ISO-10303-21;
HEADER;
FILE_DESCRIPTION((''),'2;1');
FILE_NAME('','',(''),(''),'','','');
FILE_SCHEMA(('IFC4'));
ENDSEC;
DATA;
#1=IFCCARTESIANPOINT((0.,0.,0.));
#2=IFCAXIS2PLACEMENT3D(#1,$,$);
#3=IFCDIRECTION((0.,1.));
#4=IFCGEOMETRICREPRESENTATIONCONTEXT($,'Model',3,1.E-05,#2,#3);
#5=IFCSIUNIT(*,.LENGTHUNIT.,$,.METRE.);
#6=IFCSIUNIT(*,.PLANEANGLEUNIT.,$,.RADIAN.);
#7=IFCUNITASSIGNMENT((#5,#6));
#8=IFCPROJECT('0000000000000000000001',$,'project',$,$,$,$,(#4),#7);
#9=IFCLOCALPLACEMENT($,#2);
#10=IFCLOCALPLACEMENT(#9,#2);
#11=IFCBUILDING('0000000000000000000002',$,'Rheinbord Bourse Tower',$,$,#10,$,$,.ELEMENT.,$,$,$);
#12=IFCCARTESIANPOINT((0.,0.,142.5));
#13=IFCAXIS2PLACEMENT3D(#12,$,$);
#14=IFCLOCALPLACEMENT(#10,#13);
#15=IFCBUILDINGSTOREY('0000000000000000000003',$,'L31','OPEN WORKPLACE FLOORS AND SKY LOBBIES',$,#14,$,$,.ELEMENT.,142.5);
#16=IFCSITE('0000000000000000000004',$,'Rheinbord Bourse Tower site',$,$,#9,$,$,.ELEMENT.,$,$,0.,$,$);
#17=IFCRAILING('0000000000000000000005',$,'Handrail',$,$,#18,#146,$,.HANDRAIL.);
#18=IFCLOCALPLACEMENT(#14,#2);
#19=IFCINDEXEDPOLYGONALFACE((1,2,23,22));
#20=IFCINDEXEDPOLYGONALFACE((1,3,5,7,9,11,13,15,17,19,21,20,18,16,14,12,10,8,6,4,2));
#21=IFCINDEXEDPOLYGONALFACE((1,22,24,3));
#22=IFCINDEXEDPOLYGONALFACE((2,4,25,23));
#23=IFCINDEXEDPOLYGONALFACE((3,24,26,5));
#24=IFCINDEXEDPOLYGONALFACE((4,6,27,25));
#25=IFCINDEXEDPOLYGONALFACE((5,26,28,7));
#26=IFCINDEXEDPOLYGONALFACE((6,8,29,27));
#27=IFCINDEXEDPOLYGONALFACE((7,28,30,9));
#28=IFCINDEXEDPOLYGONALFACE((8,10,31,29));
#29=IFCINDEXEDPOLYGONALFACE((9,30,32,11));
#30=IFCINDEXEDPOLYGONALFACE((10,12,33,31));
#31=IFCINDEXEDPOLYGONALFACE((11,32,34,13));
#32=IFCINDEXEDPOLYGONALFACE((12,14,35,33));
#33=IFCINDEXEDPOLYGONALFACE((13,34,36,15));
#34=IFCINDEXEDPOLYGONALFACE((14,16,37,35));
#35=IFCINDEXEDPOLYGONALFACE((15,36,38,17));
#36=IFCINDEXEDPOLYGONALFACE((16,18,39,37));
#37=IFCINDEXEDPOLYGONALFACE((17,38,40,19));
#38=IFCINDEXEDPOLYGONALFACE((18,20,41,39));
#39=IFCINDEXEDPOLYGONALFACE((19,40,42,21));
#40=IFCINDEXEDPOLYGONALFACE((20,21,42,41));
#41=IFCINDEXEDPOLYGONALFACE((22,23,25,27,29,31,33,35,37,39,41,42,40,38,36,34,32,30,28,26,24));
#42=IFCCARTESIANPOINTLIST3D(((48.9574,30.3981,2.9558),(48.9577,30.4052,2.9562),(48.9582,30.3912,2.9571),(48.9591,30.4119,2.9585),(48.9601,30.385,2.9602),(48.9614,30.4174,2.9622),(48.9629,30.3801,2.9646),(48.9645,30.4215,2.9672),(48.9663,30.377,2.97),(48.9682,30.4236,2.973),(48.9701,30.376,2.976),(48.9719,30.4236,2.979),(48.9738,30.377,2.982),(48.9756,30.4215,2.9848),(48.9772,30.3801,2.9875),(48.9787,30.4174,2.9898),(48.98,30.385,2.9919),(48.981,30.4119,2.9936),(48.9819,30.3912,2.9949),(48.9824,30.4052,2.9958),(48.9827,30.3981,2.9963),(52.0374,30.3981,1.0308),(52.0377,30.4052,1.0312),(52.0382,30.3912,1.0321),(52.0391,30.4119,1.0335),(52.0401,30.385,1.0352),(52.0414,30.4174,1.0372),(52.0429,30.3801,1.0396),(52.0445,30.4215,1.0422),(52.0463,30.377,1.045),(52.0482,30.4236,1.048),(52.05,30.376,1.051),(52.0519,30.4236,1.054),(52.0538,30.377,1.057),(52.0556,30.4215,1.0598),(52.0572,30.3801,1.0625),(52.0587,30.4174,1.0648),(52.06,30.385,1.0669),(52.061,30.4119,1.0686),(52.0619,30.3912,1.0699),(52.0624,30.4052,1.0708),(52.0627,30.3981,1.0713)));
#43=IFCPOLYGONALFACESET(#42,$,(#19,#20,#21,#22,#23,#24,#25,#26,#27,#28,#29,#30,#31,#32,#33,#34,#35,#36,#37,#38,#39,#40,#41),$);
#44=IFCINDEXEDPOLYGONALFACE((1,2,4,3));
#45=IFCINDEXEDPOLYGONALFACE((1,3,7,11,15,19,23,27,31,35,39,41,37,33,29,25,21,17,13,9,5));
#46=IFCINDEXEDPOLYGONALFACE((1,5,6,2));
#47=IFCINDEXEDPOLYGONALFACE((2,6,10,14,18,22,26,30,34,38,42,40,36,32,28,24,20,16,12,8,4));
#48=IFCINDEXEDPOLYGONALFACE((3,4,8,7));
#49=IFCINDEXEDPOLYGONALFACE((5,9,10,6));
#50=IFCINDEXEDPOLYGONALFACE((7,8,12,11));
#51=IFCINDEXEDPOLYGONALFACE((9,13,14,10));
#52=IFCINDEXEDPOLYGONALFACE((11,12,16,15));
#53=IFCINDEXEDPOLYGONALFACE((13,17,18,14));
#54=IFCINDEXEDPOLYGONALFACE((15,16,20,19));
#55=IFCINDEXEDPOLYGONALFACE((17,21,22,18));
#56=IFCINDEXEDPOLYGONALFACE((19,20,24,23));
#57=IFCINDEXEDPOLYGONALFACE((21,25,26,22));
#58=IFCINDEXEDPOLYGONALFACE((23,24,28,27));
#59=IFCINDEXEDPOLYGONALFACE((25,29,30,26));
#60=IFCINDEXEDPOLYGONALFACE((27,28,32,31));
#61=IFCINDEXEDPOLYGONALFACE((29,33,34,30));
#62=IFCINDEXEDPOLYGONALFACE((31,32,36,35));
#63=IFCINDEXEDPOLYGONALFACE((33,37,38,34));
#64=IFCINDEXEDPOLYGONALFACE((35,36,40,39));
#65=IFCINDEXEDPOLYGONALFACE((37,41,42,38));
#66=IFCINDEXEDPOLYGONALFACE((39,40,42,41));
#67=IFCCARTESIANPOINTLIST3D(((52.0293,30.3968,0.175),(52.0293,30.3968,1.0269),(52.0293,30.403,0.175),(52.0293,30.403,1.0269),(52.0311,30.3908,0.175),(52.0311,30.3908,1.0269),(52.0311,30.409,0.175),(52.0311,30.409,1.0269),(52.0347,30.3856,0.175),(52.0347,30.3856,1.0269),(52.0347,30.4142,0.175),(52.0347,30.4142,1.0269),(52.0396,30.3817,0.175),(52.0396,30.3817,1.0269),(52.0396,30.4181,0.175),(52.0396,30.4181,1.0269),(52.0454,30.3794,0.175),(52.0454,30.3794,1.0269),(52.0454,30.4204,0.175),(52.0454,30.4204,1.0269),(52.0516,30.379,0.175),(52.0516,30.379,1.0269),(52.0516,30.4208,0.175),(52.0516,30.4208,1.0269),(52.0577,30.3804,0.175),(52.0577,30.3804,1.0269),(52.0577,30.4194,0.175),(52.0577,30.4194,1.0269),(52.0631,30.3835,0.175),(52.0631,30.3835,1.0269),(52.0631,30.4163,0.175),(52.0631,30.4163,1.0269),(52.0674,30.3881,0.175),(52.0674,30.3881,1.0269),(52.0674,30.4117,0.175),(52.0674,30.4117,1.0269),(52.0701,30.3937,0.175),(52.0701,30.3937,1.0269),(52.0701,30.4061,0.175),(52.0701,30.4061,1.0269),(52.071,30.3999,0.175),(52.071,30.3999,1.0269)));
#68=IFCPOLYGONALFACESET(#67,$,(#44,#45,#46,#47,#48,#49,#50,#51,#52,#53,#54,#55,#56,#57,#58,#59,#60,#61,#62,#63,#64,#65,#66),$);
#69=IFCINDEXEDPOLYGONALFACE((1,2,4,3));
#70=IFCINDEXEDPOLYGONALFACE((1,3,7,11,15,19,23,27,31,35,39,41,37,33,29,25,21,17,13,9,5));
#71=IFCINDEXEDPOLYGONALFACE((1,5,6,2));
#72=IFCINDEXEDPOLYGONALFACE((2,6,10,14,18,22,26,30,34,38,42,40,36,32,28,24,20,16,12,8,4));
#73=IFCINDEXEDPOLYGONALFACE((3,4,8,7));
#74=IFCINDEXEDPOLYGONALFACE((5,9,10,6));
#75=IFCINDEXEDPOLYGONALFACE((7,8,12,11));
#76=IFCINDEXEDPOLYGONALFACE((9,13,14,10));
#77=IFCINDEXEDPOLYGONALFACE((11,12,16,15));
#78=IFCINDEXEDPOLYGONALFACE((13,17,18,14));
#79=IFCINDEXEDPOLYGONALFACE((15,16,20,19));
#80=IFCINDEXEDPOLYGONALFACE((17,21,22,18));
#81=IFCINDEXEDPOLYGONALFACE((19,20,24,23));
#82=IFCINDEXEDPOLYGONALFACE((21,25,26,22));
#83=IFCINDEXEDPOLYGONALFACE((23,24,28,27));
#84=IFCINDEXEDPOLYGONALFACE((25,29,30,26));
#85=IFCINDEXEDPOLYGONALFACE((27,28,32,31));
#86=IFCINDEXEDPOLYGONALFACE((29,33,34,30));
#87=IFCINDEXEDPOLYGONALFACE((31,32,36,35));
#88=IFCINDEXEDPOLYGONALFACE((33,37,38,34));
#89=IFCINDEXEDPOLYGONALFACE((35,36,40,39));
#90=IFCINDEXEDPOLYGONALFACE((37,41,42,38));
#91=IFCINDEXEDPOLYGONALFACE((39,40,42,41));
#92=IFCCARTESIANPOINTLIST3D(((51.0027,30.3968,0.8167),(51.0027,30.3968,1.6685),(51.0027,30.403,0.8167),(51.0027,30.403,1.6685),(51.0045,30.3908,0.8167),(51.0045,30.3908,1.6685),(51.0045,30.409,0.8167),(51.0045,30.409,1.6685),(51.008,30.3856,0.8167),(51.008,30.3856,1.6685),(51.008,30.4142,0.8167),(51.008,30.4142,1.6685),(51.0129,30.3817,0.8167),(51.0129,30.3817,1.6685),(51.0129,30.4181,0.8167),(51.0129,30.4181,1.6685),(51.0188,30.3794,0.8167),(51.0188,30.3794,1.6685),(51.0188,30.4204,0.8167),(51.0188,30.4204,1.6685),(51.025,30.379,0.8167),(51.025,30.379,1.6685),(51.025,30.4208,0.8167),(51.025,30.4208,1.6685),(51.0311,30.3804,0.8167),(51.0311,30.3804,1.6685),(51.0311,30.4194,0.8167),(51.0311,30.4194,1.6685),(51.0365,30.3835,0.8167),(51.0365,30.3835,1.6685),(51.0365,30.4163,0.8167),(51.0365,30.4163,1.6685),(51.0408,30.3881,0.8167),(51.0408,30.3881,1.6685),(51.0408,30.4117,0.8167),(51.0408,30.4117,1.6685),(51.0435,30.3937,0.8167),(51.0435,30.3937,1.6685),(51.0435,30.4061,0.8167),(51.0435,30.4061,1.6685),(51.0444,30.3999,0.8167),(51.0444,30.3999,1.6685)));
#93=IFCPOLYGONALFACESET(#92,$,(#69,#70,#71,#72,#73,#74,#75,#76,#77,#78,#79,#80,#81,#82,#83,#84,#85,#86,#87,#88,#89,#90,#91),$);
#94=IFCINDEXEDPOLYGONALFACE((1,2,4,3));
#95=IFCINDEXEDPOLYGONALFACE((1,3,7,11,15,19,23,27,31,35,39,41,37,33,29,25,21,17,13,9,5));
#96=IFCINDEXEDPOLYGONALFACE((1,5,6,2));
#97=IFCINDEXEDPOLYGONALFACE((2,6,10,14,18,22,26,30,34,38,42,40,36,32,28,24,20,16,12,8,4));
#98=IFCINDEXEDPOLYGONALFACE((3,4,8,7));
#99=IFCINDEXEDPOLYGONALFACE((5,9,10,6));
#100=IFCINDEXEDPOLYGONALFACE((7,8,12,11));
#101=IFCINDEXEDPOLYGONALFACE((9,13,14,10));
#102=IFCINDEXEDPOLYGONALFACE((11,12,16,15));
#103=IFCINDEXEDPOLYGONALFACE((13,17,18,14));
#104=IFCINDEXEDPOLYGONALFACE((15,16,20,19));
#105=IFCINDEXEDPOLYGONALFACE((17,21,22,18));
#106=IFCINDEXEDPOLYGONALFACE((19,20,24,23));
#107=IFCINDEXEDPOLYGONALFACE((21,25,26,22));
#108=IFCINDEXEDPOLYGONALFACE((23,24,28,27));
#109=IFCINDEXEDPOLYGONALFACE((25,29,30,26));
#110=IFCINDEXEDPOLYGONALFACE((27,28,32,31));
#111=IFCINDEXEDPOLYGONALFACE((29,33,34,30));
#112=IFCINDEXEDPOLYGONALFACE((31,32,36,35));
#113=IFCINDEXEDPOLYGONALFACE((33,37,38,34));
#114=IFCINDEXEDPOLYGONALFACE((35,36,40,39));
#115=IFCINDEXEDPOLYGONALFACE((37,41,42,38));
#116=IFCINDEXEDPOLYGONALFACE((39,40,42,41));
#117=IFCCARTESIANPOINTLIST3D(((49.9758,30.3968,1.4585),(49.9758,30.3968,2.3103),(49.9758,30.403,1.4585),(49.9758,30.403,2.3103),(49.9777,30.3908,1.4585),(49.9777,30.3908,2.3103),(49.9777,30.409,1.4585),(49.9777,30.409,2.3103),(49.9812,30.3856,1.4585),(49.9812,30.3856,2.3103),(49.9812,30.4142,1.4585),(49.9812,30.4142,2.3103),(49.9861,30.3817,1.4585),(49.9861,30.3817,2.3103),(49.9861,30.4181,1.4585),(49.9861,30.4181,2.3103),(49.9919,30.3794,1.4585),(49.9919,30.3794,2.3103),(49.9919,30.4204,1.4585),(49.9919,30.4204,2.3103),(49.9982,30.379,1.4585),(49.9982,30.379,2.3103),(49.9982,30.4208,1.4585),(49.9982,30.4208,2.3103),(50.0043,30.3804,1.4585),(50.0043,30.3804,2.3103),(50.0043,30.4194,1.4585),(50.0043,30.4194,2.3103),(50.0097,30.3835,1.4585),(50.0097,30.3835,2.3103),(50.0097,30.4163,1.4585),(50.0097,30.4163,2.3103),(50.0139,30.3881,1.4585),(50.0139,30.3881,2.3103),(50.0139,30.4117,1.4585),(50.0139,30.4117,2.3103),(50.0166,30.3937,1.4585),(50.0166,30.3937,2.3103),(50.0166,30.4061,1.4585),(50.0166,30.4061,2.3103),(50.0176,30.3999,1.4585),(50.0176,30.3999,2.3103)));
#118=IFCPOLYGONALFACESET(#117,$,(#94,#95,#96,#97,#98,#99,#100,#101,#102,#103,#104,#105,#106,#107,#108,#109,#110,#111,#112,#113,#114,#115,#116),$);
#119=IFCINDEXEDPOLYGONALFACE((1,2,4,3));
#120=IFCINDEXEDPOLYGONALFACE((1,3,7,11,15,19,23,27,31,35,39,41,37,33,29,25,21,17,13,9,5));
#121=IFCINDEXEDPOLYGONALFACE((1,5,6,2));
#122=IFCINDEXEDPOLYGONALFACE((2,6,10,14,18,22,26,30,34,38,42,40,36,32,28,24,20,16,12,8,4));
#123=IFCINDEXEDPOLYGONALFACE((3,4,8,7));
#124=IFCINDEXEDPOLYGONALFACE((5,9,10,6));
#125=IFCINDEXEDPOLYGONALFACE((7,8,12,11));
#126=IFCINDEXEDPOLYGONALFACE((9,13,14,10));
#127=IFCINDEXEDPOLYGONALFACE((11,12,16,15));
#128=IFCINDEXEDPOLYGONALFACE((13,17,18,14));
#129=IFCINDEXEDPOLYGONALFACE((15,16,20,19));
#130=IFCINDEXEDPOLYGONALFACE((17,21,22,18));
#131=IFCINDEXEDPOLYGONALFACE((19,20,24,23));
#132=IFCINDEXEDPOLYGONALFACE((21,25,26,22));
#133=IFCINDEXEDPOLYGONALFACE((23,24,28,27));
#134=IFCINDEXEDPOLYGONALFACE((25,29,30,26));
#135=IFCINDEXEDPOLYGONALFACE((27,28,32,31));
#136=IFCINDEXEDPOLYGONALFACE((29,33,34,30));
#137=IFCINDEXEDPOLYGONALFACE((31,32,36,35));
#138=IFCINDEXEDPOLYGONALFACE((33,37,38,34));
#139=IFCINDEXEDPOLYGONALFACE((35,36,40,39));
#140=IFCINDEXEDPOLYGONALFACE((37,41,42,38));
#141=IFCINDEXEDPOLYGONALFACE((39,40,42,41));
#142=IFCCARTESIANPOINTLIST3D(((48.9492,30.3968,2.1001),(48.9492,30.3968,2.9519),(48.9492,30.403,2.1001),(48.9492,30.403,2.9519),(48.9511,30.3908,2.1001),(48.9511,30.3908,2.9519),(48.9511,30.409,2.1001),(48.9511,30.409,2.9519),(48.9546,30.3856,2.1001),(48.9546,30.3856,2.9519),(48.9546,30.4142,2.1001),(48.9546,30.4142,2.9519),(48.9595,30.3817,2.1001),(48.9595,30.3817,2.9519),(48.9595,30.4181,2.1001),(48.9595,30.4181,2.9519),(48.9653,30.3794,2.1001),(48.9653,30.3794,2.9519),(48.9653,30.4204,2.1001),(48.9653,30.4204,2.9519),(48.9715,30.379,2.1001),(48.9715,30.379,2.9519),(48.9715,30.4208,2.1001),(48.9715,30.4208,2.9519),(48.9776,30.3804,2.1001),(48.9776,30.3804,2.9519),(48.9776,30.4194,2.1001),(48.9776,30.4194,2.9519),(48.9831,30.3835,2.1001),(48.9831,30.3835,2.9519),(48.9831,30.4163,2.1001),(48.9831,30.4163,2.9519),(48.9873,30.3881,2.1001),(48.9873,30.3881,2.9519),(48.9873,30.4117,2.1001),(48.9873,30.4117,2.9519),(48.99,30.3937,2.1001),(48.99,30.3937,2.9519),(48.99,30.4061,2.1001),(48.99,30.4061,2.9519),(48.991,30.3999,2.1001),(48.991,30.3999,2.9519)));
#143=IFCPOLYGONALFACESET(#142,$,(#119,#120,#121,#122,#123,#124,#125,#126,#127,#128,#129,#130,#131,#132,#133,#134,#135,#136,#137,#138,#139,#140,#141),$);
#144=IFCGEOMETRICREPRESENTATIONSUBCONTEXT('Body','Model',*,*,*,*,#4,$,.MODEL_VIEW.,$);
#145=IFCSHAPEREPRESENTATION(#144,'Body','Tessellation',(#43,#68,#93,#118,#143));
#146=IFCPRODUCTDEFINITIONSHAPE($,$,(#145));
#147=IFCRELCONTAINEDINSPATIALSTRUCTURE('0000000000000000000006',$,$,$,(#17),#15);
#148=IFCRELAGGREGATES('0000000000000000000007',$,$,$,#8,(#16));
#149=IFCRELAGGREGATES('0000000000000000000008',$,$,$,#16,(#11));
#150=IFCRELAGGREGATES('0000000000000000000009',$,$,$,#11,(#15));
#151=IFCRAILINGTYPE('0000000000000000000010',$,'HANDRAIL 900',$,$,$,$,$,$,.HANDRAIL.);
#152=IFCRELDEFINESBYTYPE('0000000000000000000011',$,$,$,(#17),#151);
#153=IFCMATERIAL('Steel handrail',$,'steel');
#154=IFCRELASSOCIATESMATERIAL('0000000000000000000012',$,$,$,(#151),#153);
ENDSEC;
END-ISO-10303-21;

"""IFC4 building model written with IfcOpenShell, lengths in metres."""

from ifc_helpers import new_model, si_unit, direction, frame, origin, origin_2d, place, context, subcontext, project, spatial, circle, extrude, material, type_object, element, save


model = new_model("IFC4")

# Units and contexts
model_context = context("Model", 3, precision=1e-05, world=origin(), true_north=direction((0.0, 1.0)))
body_context = subcontext(model_context, "Body", "Model", "MODEL_VIEW")
ifc_project = project(units=[si_unit("LENGTHUNIT", "METRE"), si_unit("PLANEANGLEUNIT", "RADIAN")], contexts=[model_context])

# Site, building, storey
site_placement = place(None, origin())
site = spatial("IfcSite", under=ifc_project, at=site_placement, Name="Rheinbord Bourse Tower site", CompositionType="ELEMENT", RefElevation=0.0)
building_placement = place(site_placement, origin())
building = spatial("IfcBuilding", under=site, at=building_placement, Name="Rheinbord Bourse Tower", CompositionType="ELEMENT")
storey_placement = place(building_placement, frame((0.0, 0.0, 142.5)))
storey = spatial("IfcBuildingStorey", under=building, at=storey_placement, Name="L31", Description="OPEN WORKPLACE FLOORS AND SKY LOBBIES", CompositionType="ELEMENT", Elevation=142.5)

# Railing
ifc_material_1 = material(Name="Steel handrail", Category="steel")
railing_type = type_object("IfcRailingType", Name="HANDRAIL 900", PredefinedType="HANDRAIL", material=ifc_material_1)
railing_1_placement = place(storey_placement, frame((52.05, 30.3999, 0.175)))
element("IfcRailing", 1, at=railing_1_placement, inside=storey, type_object=railing_type, Name="Handrail", PredefinedType="HANDRAIL", context=body_context, shape_type="SweptSolid", body=[
    extrude(circle(Radius=0.0239, at=origin_2d()), frame((0.0, 0.0, 0.876), z_axis=(-0.847998, 0.0, 0.529999), x_axis=(0.0, -1.0, 0.0)), (0.0, 0.0, 1.0), 3.6321),
    extrude(circle(Radius=0.021, at=origin_2d()), origin(), (0.0, 0.0, 1.0), 0.8518),
    extrude(circle(Radius=0.021, at=origin_2d()), frame((-1.0266, 0.0, 0.6416)), (0.0, 0.0, 1.0), 0.8518),
    extrude(circle(Radius=0.021, at=origin_2d()), frame((-2.0535, 0.0, 1.2834)), (0.0, 0.0, 1.0), 0.8518),
    extrude(circle(Radius=0.021, at=origin_2d()), frame((-3.0801, 0.0, 1.925)), (0.0, 0.0, 1.0), 0.8518),
])

save(model, "model.ifc")
